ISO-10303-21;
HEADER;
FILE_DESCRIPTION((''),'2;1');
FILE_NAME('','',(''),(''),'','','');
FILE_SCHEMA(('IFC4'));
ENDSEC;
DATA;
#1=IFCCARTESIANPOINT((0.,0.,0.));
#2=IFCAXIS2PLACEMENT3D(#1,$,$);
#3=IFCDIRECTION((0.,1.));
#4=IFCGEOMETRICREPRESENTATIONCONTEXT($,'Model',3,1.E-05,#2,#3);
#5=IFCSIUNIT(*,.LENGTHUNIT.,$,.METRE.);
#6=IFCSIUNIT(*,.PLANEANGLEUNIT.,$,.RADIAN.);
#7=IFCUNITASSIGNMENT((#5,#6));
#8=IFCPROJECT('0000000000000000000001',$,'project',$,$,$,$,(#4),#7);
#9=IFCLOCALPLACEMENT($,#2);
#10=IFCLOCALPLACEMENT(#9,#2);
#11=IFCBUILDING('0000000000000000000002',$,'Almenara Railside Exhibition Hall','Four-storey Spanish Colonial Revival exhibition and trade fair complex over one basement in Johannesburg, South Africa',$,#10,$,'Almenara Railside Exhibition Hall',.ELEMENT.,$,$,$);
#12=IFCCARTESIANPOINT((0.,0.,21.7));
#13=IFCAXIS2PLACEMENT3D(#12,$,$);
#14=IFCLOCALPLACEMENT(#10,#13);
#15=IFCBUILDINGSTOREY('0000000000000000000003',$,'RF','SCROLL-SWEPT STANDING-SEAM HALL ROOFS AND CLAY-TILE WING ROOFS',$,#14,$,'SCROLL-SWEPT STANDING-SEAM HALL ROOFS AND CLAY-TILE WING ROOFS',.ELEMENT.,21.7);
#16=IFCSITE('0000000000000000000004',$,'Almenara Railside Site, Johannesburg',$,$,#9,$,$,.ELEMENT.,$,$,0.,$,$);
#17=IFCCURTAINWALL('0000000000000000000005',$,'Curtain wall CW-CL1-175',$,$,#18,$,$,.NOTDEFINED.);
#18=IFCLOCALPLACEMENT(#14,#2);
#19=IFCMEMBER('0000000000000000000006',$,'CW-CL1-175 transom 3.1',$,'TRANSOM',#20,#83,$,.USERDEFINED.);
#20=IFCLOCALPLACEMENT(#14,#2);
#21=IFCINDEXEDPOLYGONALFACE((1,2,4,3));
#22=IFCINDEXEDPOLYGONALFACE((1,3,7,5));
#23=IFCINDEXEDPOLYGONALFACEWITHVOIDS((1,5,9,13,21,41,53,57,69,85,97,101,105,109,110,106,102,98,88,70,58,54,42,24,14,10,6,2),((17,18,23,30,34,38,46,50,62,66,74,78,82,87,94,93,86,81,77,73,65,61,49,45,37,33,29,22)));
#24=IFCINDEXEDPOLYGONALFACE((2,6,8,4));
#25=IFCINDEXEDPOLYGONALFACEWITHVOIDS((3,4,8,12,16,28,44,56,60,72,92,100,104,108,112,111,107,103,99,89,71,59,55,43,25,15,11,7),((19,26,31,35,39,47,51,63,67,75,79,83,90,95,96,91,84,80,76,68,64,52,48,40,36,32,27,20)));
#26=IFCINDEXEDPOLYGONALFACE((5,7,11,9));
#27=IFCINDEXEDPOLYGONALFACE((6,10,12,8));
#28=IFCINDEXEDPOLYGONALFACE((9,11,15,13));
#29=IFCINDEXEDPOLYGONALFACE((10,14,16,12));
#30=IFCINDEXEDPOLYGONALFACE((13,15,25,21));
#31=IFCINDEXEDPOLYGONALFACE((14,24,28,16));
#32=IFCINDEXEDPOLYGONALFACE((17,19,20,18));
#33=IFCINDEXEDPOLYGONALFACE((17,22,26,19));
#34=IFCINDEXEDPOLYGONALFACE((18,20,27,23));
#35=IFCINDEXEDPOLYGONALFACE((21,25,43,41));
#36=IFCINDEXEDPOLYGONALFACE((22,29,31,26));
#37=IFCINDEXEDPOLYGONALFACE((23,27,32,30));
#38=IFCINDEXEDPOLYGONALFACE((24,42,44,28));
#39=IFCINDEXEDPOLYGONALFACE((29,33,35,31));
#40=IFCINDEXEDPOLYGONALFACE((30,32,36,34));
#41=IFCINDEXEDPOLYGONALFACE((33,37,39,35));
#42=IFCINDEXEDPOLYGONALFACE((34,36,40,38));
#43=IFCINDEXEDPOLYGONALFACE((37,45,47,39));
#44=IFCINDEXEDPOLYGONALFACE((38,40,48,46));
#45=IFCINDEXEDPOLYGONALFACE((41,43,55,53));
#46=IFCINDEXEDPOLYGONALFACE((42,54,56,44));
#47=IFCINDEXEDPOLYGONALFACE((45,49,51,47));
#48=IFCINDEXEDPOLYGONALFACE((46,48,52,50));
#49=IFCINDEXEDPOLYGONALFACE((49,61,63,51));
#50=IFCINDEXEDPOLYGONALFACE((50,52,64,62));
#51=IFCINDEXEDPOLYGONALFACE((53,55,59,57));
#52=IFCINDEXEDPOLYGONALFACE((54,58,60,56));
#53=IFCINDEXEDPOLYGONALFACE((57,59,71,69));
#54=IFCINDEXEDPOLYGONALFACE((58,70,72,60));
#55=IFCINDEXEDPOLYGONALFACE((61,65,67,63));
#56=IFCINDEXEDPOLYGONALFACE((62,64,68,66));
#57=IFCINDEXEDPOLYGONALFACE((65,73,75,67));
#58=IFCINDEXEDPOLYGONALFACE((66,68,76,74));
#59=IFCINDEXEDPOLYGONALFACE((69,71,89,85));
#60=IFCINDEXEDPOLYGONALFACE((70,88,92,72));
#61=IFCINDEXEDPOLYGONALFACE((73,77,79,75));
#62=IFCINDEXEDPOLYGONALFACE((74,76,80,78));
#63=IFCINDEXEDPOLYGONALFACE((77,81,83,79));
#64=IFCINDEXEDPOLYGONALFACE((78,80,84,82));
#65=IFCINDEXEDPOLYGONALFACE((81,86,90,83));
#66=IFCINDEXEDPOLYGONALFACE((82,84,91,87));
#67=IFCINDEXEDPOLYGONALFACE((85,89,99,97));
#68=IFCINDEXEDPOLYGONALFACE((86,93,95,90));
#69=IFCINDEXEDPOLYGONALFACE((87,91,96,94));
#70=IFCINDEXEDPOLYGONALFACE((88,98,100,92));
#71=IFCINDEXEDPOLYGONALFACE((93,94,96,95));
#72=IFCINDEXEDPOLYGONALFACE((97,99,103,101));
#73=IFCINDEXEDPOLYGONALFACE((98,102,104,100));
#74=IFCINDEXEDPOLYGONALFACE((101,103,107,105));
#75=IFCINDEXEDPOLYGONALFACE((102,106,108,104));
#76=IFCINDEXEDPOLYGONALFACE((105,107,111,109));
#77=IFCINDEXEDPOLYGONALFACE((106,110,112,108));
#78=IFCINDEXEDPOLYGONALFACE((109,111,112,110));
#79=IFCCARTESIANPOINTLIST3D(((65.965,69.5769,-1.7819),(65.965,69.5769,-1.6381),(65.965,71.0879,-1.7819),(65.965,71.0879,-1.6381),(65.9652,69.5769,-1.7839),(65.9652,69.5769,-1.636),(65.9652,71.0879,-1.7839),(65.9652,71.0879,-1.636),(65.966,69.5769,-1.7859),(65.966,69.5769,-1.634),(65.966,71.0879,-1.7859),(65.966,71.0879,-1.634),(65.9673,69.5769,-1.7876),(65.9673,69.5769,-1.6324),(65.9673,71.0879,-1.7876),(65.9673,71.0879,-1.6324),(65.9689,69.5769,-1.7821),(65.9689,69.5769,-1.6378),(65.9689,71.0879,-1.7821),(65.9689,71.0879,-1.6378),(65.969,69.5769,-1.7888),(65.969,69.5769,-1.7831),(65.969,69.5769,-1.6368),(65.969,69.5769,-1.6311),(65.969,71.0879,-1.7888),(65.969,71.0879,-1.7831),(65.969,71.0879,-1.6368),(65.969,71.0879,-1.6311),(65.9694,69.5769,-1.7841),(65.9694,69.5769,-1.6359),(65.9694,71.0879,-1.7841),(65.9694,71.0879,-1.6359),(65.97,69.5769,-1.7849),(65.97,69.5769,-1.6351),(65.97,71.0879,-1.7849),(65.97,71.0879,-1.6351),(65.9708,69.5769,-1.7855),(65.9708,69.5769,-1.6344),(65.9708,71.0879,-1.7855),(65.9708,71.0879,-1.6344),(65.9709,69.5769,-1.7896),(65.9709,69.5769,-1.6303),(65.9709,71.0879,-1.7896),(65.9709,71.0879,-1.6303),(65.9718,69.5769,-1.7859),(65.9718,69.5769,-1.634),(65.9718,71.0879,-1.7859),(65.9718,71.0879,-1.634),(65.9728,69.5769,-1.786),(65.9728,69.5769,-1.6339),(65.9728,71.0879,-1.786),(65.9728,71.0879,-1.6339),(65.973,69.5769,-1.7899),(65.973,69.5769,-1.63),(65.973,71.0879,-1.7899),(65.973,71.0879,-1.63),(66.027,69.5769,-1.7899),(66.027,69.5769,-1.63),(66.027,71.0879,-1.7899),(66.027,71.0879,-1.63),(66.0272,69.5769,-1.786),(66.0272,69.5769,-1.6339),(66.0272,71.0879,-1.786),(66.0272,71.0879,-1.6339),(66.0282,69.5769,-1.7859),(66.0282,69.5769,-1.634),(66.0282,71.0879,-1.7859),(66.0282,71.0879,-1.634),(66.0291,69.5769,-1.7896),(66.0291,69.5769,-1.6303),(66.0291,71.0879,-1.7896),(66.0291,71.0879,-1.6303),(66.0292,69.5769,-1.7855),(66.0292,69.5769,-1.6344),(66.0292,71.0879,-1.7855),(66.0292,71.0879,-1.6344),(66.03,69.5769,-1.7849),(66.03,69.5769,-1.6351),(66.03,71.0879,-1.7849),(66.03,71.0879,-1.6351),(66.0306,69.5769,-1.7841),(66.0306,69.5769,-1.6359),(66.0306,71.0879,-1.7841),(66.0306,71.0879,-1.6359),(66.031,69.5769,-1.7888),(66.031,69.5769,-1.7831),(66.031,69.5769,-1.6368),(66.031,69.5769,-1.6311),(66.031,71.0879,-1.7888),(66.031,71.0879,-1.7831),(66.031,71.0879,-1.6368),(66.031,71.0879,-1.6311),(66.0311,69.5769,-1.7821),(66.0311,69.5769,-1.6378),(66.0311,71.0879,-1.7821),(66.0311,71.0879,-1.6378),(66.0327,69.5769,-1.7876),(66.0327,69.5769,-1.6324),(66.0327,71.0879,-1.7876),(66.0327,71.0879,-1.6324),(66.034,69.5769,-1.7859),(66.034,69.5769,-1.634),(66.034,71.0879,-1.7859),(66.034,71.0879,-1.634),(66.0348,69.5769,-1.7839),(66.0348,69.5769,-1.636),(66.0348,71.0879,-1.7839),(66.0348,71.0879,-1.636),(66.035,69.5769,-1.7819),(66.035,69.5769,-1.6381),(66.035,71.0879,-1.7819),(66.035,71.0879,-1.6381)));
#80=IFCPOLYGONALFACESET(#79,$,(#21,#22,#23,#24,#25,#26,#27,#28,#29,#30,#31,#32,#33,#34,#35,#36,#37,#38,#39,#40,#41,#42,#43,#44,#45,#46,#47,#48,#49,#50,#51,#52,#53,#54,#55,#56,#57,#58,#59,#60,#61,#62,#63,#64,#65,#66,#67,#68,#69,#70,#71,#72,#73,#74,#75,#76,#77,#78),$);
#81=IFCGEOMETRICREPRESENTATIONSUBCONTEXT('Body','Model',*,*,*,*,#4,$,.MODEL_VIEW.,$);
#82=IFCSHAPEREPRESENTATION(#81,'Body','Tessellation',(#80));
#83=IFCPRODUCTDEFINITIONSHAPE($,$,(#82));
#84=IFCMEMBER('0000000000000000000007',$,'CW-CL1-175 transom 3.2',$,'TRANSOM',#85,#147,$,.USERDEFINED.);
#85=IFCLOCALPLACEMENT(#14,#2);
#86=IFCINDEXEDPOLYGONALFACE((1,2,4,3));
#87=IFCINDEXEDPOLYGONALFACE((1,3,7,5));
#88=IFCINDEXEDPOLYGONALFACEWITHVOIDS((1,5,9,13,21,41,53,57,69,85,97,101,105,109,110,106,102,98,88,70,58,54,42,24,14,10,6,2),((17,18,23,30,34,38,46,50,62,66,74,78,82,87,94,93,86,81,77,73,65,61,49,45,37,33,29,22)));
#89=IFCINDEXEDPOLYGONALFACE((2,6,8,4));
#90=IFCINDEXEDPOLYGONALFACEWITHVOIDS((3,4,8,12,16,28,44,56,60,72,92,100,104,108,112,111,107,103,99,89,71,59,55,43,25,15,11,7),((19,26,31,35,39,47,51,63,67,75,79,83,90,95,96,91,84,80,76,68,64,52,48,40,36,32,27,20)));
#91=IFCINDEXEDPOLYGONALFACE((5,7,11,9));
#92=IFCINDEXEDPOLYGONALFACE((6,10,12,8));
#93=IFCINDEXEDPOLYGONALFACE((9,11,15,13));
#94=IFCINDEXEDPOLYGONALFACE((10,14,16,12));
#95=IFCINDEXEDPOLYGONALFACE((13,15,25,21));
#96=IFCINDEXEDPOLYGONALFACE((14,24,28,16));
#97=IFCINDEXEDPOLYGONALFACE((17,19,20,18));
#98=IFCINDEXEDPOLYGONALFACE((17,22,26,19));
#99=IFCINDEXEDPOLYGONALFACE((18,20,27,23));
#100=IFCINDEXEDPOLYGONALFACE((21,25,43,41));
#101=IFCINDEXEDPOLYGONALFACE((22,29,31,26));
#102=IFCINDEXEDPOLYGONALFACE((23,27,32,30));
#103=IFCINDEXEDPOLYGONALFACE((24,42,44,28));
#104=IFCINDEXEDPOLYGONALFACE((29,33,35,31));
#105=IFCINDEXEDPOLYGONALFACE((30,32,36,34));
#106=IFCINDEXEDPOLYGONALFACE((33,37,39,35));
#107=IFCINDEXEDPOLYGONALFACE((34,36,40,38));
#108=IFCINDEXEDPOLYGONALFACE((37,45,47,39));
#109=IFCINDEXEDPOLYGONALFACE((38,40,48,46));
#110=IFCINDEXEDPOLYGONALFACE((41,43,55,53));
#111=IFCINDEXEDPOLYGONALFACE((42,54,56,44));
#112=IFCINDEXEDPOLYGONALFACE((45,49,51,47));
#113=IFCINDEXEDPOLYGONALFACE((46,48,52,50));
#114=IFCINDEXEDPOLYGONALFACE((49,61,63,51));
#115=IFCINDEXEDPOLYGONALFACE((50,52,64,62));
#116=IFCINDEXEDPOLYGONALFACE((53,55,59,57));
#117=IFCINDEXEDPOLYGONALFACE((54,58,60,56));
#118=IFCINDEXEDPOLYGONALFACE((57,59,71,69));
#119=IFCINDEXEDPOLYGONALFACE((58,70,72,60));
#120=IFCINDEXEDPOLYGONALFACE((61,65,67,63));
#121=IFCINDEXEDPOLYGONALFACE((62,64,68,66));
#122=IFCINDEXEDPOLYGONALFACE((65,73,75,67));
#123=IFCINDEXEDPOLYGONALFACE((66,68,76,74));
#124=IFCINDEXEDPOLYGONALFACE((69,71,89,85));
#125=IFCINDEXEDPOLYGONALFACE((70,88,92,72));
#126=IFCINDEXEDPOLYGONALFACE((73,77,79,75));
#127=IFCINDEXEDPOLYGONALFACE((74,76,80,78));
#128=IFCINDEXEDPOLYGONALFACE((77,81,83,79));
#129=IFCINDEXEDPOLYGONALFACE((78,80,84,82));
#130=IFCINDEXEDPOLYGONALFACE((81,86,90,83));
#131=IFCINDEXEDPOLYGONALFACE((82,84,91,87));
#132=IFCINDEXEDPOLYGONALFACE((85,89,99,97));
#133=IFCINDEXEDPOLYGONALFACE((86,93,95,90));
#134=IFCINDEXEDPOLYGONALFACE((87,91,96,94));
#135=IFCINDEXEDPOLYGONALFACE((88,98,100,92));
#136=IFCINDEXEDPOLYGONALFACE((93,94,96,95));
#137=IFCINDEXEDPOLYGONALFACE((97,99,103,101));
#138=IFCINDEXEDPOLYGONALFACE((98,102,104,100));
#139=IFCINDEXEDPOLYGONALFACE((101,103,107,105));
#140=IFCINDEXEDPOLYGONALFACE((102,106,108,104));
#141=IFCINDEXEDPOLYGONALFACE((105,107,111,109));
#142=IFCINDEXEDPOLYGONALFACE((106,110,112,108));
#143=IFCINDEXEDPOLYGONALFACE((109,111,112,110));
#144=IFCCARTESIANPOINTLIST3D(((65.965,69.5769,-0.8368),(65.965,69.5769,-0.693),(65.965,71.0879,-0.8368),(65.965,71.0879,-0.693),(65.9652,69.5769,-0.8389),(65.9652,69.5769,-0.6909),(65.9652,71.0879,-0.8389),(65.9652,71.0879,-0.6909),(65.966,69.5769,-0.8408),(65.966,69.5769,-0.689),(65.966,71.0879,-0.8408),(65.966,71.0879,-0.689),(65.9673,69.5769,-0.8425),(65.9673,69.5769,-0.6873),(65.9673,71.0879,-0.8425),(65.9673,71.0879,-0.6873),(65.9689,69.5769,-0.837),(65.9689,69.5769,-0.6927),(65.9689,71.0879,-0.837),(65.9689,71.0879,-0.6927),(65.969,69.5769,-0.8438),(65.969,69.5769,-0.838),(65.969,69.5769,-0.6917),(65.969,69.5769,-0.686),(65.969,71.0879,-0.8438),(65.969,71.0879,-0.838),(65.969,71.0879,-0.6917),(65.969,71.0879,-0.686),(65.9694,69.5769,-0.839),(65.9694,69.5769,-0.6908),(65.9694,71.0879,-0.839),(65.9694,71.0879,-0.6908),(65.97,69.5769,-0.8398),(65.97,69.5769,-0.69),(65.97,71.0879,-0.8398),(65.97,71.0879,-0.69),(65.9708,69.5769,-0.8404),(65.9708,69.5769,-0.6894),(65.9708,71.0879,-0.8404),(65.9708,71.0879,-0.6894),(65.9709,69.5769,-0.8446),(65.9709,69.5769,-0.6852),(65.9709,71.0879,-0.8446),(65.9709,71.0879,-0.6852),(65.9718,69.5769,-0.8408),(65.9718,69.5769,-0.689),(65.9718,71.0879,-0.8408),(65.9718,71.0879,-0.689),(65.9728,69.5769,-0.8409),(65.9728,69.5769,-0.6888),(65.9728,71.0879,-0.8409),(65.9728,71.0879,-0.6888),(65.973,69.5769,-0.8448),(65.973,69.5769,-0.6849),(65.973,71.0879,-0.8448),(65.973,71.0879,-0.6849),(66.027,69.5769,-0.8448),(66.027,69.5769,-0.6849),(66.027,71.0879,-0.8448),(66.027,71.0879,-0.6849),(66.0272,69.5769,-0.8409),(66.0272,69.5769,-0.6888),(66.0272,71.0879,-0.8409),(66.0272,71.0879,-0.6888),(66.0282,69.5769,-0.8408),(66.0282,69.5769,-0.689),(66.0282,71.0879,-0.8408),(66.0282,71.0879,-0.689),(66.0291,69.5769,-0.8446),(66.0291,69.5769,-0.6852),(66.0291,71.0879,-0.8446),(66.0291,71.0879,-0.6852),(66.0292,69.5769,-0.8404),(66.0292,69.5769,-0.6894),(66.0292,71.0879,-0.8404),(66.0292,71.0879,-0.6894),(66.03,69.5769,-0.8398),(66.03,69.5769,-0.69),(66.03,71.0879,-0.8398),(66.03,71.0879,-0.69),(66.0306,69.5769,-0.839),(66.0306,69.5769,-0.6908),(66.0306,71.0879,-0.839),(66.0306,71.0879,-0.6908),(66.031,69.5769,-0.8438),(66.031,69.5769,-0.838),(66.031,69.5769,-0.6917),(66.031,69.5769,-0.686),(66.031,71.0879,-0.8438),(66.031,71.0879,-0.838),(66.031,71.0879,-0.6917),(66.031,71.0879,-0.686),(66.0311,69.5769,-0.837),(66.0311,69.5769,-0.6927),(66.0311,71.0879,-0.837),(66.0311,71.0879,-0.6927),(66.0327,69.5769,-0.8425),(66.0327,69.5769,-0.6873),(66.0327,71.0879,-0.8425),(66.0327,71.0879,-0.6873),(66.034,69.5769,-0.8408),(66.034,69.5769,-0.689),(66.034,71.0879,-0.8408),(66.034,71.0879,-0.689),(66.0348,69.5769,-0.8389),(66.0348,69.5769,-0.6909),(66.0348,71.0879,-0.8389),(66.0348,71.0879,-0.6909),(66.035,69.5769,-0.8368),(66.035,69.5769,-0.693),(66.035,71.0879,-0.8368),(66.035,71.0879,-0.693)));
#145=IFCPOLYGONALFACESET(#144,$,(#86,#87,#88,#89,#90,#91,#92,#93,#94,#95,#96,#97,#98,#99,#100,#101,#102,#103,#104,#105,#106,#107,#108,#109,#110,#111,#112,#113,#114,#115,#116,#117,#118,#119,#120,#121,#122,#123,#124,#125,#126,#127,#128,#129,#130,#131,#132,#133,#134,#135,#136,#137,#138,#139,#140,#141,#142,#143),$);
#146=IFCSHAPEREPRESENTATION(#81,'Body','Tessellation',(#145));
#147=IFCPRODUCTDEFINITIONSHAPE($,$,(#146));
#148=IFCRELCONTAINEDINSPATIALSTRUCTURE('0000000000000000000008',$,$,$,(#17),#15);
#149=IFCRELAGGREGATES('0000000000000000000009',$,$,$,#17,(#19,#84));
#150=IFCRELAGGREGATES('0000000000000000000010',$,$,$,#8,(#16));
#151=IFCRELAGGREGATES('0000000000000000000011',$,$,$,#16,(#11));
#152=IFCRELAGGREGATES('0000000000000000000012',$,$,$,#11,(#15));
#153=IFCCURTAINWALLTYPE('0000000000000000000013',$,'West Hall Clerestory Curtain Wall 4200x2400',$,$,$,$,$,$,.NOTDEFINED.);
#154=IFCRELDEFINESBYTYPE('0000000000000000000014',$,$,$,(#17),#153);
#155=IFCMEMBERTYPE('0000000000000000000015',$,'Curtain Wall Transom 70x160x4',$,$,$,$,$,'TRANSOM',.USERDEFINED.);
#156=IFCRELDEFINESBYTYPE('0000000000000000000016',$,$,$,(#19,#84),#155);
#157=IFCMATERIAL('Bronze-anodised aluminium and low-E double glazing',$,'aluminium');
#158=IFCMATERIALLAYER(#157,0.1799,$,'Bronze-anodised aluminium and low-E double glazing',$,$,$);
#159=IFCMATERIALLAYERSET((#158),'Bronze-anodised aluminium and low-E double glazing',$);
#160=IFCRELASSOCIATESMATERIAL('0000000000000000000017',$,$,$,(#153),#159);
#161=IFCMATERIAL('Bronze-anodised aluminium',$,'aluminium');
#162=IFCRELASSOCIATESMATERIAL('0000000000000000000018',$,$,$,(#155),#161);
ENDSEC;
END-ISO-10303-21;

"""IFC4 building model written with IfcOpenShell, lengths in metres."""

from ifc_helpers import new_model, si_unit, direction, frame, origin, origin_2d, place, context, subcontext, project, spatial, hollow_rectangle, extrude, material, layer, layer_set, material_profile, profile_set, type_object, element, aggregate, save


model = new_model("IFC4")

# Units and contexts
model_context = context("Model", 3, precision=1e-05, world=origin(), true_north=direction((0.0, 1.0)))
body_context = subcontext(model_context, "Body", "Model", "MODEL_VIEW")
ifc_project = project(units=[si_unit("LENGTHUNIT", "METRE"), si_unit("PLANEANGLEUNIT", "RADIAN")], contexts=[model_context])

# Site, building, storey
site_placement = place(None, origin())
site = spatial("IfcSite", under=ifc_project, at=site_placement, Name="Almenara Railside Site, Johannesburg", CompositionType="ELEMENT", RefElevation=0.0)
building_placement = place(site_placement, origin())
building = spatial("IfcBuilding", under=site, at=building_placement, Name="Almenara Railside Exhibition Hall", Description="Four-storey Spanish Colonial Revival exhibition and trade fair complex over one basement in Johannesburg, South Africa", LongName="Almenara Railside Exhibition Hall", CompositionType="ELEMENT")
storey_placement = place(building_placement, frame((0.0, 0.0, 21.7)))
storey = spatial("IfcBuildingStorey", under=building, at=storey_placement, Name="RF", Description="SCROLL-SWEPT STANDING-SEAM HALL ROOFS AND CLAY-TILE WING ROOFS", LongName="SCROLL-SWEPT STANDING-SEAM HALL ROOFS AND CLAY-TILE WING ROOFS", CompositionType="ELEMENT", Elevation=21.7)

# Curtain wall
ifc_material_1 = material(Name="Bronze-anodised aluminium and low-E double glazing", Category="aluminium")
ifc_layer_1 = layer(ifc_material_1, 0.1799, Name="Bronze-anodised aluminium and low-E double glazing")
ifc_layer_set_1 = layer_set([ifc_layer_1], Name="Bronze-anodised aluminium and low-E double glazing")
curtain_wall_type = type_object("IfcCurtainWallType", Name="West Hall Clerestory Curtain Wall 4200x2400", PredefinedType="NOTDEFINED", material=ifc_layer_set_1)
ifc_material_2 = material(Name="Bronze-anodised aluminium", Category="aluminium")
curtain_wall_1_placement = place(storey_placement, origin())
curtain_wall_1 = element("IfcCurtainWall", 1, at=curtain_wall_1_placement, inside=storey, type_object=curtain_wall_type, Name="Curtain wall CW-CL1-175", PredefinedType="NOTDEFINED")

# Members
ifc_material_profile_1 = material_profile(ifc_material_2, hollow_rectangle(XDim=0.0701, YDim=0.1599, WallThickness=0.0039, InnerFilletRadius=0.0039, OuterFilletRadius=0.0081, at=origin_2d()), Name="ALU-TRN 70x160x4")
ifc_profile_set_1 = profile_set([ifc_material_profile_1], Name="Bronze-anodised aluminium")
member_type_1 = type_object("IfcMemberType", Name="Curtain Wall Transom 70x160x4", ElementType="TRANSOM", PredefinedType="USERDEFINED", material=ifc_profile_set_1)
member_1_placement = place(storey_placement, frame((66.0, 69.5769, -1.71), z_axis=(0.0, 1.0, 0.0), x_axis=(-1.0, 0.0, 0.0)))
member_1 = element("IfcMember", 2, at=member_1_placement, type_object=member_type_1, Name="CW-CL1-175 transom 3.1", ObjectType="TRANSOM", PredefinedType="USERDEFINED", context=body_context, shape_type="SweptSolid", body=[
    extrude(hollow_rectangle(XDim=0.0701, YDim=0.1599, WallThickness=0.0039, InnerFilletRadius=0.0039, OuterFilletRadius=0.0081, at=origin_2d()), origin(), (0.0, 0.0, 1.0), 1.511),
])
member_2_placement = place(storey_placement, frame((66.0, 69.5769, -0.7649), z_axis=(0.0, 1.0, 0.0), x_axis=(-1.0, 0.0, 0.0)))
member_2 = element("IfcMember", 3, at=member_2_placement, type_object=member_type_1, Name="CW-CL1-175 transom 3.2", ObjectType="TRANSOM", PredefinedType="USERDEFINED", context=body_context, shape_type="SweptSolid", body=[
    extrude(hollow_rectangle(XDim=0.0701, YDim=0.1599, WallThickness=0.0039, InnerFilletRadius=0.0039, OuterFilletRadius=0.0081, at=origin_2d()), origin(), (0.0, 0.0, 1.0), 1.511),
])

aggregate(curtain_wall_1, [member_1, member_2])

save(model, "model.ifc")
